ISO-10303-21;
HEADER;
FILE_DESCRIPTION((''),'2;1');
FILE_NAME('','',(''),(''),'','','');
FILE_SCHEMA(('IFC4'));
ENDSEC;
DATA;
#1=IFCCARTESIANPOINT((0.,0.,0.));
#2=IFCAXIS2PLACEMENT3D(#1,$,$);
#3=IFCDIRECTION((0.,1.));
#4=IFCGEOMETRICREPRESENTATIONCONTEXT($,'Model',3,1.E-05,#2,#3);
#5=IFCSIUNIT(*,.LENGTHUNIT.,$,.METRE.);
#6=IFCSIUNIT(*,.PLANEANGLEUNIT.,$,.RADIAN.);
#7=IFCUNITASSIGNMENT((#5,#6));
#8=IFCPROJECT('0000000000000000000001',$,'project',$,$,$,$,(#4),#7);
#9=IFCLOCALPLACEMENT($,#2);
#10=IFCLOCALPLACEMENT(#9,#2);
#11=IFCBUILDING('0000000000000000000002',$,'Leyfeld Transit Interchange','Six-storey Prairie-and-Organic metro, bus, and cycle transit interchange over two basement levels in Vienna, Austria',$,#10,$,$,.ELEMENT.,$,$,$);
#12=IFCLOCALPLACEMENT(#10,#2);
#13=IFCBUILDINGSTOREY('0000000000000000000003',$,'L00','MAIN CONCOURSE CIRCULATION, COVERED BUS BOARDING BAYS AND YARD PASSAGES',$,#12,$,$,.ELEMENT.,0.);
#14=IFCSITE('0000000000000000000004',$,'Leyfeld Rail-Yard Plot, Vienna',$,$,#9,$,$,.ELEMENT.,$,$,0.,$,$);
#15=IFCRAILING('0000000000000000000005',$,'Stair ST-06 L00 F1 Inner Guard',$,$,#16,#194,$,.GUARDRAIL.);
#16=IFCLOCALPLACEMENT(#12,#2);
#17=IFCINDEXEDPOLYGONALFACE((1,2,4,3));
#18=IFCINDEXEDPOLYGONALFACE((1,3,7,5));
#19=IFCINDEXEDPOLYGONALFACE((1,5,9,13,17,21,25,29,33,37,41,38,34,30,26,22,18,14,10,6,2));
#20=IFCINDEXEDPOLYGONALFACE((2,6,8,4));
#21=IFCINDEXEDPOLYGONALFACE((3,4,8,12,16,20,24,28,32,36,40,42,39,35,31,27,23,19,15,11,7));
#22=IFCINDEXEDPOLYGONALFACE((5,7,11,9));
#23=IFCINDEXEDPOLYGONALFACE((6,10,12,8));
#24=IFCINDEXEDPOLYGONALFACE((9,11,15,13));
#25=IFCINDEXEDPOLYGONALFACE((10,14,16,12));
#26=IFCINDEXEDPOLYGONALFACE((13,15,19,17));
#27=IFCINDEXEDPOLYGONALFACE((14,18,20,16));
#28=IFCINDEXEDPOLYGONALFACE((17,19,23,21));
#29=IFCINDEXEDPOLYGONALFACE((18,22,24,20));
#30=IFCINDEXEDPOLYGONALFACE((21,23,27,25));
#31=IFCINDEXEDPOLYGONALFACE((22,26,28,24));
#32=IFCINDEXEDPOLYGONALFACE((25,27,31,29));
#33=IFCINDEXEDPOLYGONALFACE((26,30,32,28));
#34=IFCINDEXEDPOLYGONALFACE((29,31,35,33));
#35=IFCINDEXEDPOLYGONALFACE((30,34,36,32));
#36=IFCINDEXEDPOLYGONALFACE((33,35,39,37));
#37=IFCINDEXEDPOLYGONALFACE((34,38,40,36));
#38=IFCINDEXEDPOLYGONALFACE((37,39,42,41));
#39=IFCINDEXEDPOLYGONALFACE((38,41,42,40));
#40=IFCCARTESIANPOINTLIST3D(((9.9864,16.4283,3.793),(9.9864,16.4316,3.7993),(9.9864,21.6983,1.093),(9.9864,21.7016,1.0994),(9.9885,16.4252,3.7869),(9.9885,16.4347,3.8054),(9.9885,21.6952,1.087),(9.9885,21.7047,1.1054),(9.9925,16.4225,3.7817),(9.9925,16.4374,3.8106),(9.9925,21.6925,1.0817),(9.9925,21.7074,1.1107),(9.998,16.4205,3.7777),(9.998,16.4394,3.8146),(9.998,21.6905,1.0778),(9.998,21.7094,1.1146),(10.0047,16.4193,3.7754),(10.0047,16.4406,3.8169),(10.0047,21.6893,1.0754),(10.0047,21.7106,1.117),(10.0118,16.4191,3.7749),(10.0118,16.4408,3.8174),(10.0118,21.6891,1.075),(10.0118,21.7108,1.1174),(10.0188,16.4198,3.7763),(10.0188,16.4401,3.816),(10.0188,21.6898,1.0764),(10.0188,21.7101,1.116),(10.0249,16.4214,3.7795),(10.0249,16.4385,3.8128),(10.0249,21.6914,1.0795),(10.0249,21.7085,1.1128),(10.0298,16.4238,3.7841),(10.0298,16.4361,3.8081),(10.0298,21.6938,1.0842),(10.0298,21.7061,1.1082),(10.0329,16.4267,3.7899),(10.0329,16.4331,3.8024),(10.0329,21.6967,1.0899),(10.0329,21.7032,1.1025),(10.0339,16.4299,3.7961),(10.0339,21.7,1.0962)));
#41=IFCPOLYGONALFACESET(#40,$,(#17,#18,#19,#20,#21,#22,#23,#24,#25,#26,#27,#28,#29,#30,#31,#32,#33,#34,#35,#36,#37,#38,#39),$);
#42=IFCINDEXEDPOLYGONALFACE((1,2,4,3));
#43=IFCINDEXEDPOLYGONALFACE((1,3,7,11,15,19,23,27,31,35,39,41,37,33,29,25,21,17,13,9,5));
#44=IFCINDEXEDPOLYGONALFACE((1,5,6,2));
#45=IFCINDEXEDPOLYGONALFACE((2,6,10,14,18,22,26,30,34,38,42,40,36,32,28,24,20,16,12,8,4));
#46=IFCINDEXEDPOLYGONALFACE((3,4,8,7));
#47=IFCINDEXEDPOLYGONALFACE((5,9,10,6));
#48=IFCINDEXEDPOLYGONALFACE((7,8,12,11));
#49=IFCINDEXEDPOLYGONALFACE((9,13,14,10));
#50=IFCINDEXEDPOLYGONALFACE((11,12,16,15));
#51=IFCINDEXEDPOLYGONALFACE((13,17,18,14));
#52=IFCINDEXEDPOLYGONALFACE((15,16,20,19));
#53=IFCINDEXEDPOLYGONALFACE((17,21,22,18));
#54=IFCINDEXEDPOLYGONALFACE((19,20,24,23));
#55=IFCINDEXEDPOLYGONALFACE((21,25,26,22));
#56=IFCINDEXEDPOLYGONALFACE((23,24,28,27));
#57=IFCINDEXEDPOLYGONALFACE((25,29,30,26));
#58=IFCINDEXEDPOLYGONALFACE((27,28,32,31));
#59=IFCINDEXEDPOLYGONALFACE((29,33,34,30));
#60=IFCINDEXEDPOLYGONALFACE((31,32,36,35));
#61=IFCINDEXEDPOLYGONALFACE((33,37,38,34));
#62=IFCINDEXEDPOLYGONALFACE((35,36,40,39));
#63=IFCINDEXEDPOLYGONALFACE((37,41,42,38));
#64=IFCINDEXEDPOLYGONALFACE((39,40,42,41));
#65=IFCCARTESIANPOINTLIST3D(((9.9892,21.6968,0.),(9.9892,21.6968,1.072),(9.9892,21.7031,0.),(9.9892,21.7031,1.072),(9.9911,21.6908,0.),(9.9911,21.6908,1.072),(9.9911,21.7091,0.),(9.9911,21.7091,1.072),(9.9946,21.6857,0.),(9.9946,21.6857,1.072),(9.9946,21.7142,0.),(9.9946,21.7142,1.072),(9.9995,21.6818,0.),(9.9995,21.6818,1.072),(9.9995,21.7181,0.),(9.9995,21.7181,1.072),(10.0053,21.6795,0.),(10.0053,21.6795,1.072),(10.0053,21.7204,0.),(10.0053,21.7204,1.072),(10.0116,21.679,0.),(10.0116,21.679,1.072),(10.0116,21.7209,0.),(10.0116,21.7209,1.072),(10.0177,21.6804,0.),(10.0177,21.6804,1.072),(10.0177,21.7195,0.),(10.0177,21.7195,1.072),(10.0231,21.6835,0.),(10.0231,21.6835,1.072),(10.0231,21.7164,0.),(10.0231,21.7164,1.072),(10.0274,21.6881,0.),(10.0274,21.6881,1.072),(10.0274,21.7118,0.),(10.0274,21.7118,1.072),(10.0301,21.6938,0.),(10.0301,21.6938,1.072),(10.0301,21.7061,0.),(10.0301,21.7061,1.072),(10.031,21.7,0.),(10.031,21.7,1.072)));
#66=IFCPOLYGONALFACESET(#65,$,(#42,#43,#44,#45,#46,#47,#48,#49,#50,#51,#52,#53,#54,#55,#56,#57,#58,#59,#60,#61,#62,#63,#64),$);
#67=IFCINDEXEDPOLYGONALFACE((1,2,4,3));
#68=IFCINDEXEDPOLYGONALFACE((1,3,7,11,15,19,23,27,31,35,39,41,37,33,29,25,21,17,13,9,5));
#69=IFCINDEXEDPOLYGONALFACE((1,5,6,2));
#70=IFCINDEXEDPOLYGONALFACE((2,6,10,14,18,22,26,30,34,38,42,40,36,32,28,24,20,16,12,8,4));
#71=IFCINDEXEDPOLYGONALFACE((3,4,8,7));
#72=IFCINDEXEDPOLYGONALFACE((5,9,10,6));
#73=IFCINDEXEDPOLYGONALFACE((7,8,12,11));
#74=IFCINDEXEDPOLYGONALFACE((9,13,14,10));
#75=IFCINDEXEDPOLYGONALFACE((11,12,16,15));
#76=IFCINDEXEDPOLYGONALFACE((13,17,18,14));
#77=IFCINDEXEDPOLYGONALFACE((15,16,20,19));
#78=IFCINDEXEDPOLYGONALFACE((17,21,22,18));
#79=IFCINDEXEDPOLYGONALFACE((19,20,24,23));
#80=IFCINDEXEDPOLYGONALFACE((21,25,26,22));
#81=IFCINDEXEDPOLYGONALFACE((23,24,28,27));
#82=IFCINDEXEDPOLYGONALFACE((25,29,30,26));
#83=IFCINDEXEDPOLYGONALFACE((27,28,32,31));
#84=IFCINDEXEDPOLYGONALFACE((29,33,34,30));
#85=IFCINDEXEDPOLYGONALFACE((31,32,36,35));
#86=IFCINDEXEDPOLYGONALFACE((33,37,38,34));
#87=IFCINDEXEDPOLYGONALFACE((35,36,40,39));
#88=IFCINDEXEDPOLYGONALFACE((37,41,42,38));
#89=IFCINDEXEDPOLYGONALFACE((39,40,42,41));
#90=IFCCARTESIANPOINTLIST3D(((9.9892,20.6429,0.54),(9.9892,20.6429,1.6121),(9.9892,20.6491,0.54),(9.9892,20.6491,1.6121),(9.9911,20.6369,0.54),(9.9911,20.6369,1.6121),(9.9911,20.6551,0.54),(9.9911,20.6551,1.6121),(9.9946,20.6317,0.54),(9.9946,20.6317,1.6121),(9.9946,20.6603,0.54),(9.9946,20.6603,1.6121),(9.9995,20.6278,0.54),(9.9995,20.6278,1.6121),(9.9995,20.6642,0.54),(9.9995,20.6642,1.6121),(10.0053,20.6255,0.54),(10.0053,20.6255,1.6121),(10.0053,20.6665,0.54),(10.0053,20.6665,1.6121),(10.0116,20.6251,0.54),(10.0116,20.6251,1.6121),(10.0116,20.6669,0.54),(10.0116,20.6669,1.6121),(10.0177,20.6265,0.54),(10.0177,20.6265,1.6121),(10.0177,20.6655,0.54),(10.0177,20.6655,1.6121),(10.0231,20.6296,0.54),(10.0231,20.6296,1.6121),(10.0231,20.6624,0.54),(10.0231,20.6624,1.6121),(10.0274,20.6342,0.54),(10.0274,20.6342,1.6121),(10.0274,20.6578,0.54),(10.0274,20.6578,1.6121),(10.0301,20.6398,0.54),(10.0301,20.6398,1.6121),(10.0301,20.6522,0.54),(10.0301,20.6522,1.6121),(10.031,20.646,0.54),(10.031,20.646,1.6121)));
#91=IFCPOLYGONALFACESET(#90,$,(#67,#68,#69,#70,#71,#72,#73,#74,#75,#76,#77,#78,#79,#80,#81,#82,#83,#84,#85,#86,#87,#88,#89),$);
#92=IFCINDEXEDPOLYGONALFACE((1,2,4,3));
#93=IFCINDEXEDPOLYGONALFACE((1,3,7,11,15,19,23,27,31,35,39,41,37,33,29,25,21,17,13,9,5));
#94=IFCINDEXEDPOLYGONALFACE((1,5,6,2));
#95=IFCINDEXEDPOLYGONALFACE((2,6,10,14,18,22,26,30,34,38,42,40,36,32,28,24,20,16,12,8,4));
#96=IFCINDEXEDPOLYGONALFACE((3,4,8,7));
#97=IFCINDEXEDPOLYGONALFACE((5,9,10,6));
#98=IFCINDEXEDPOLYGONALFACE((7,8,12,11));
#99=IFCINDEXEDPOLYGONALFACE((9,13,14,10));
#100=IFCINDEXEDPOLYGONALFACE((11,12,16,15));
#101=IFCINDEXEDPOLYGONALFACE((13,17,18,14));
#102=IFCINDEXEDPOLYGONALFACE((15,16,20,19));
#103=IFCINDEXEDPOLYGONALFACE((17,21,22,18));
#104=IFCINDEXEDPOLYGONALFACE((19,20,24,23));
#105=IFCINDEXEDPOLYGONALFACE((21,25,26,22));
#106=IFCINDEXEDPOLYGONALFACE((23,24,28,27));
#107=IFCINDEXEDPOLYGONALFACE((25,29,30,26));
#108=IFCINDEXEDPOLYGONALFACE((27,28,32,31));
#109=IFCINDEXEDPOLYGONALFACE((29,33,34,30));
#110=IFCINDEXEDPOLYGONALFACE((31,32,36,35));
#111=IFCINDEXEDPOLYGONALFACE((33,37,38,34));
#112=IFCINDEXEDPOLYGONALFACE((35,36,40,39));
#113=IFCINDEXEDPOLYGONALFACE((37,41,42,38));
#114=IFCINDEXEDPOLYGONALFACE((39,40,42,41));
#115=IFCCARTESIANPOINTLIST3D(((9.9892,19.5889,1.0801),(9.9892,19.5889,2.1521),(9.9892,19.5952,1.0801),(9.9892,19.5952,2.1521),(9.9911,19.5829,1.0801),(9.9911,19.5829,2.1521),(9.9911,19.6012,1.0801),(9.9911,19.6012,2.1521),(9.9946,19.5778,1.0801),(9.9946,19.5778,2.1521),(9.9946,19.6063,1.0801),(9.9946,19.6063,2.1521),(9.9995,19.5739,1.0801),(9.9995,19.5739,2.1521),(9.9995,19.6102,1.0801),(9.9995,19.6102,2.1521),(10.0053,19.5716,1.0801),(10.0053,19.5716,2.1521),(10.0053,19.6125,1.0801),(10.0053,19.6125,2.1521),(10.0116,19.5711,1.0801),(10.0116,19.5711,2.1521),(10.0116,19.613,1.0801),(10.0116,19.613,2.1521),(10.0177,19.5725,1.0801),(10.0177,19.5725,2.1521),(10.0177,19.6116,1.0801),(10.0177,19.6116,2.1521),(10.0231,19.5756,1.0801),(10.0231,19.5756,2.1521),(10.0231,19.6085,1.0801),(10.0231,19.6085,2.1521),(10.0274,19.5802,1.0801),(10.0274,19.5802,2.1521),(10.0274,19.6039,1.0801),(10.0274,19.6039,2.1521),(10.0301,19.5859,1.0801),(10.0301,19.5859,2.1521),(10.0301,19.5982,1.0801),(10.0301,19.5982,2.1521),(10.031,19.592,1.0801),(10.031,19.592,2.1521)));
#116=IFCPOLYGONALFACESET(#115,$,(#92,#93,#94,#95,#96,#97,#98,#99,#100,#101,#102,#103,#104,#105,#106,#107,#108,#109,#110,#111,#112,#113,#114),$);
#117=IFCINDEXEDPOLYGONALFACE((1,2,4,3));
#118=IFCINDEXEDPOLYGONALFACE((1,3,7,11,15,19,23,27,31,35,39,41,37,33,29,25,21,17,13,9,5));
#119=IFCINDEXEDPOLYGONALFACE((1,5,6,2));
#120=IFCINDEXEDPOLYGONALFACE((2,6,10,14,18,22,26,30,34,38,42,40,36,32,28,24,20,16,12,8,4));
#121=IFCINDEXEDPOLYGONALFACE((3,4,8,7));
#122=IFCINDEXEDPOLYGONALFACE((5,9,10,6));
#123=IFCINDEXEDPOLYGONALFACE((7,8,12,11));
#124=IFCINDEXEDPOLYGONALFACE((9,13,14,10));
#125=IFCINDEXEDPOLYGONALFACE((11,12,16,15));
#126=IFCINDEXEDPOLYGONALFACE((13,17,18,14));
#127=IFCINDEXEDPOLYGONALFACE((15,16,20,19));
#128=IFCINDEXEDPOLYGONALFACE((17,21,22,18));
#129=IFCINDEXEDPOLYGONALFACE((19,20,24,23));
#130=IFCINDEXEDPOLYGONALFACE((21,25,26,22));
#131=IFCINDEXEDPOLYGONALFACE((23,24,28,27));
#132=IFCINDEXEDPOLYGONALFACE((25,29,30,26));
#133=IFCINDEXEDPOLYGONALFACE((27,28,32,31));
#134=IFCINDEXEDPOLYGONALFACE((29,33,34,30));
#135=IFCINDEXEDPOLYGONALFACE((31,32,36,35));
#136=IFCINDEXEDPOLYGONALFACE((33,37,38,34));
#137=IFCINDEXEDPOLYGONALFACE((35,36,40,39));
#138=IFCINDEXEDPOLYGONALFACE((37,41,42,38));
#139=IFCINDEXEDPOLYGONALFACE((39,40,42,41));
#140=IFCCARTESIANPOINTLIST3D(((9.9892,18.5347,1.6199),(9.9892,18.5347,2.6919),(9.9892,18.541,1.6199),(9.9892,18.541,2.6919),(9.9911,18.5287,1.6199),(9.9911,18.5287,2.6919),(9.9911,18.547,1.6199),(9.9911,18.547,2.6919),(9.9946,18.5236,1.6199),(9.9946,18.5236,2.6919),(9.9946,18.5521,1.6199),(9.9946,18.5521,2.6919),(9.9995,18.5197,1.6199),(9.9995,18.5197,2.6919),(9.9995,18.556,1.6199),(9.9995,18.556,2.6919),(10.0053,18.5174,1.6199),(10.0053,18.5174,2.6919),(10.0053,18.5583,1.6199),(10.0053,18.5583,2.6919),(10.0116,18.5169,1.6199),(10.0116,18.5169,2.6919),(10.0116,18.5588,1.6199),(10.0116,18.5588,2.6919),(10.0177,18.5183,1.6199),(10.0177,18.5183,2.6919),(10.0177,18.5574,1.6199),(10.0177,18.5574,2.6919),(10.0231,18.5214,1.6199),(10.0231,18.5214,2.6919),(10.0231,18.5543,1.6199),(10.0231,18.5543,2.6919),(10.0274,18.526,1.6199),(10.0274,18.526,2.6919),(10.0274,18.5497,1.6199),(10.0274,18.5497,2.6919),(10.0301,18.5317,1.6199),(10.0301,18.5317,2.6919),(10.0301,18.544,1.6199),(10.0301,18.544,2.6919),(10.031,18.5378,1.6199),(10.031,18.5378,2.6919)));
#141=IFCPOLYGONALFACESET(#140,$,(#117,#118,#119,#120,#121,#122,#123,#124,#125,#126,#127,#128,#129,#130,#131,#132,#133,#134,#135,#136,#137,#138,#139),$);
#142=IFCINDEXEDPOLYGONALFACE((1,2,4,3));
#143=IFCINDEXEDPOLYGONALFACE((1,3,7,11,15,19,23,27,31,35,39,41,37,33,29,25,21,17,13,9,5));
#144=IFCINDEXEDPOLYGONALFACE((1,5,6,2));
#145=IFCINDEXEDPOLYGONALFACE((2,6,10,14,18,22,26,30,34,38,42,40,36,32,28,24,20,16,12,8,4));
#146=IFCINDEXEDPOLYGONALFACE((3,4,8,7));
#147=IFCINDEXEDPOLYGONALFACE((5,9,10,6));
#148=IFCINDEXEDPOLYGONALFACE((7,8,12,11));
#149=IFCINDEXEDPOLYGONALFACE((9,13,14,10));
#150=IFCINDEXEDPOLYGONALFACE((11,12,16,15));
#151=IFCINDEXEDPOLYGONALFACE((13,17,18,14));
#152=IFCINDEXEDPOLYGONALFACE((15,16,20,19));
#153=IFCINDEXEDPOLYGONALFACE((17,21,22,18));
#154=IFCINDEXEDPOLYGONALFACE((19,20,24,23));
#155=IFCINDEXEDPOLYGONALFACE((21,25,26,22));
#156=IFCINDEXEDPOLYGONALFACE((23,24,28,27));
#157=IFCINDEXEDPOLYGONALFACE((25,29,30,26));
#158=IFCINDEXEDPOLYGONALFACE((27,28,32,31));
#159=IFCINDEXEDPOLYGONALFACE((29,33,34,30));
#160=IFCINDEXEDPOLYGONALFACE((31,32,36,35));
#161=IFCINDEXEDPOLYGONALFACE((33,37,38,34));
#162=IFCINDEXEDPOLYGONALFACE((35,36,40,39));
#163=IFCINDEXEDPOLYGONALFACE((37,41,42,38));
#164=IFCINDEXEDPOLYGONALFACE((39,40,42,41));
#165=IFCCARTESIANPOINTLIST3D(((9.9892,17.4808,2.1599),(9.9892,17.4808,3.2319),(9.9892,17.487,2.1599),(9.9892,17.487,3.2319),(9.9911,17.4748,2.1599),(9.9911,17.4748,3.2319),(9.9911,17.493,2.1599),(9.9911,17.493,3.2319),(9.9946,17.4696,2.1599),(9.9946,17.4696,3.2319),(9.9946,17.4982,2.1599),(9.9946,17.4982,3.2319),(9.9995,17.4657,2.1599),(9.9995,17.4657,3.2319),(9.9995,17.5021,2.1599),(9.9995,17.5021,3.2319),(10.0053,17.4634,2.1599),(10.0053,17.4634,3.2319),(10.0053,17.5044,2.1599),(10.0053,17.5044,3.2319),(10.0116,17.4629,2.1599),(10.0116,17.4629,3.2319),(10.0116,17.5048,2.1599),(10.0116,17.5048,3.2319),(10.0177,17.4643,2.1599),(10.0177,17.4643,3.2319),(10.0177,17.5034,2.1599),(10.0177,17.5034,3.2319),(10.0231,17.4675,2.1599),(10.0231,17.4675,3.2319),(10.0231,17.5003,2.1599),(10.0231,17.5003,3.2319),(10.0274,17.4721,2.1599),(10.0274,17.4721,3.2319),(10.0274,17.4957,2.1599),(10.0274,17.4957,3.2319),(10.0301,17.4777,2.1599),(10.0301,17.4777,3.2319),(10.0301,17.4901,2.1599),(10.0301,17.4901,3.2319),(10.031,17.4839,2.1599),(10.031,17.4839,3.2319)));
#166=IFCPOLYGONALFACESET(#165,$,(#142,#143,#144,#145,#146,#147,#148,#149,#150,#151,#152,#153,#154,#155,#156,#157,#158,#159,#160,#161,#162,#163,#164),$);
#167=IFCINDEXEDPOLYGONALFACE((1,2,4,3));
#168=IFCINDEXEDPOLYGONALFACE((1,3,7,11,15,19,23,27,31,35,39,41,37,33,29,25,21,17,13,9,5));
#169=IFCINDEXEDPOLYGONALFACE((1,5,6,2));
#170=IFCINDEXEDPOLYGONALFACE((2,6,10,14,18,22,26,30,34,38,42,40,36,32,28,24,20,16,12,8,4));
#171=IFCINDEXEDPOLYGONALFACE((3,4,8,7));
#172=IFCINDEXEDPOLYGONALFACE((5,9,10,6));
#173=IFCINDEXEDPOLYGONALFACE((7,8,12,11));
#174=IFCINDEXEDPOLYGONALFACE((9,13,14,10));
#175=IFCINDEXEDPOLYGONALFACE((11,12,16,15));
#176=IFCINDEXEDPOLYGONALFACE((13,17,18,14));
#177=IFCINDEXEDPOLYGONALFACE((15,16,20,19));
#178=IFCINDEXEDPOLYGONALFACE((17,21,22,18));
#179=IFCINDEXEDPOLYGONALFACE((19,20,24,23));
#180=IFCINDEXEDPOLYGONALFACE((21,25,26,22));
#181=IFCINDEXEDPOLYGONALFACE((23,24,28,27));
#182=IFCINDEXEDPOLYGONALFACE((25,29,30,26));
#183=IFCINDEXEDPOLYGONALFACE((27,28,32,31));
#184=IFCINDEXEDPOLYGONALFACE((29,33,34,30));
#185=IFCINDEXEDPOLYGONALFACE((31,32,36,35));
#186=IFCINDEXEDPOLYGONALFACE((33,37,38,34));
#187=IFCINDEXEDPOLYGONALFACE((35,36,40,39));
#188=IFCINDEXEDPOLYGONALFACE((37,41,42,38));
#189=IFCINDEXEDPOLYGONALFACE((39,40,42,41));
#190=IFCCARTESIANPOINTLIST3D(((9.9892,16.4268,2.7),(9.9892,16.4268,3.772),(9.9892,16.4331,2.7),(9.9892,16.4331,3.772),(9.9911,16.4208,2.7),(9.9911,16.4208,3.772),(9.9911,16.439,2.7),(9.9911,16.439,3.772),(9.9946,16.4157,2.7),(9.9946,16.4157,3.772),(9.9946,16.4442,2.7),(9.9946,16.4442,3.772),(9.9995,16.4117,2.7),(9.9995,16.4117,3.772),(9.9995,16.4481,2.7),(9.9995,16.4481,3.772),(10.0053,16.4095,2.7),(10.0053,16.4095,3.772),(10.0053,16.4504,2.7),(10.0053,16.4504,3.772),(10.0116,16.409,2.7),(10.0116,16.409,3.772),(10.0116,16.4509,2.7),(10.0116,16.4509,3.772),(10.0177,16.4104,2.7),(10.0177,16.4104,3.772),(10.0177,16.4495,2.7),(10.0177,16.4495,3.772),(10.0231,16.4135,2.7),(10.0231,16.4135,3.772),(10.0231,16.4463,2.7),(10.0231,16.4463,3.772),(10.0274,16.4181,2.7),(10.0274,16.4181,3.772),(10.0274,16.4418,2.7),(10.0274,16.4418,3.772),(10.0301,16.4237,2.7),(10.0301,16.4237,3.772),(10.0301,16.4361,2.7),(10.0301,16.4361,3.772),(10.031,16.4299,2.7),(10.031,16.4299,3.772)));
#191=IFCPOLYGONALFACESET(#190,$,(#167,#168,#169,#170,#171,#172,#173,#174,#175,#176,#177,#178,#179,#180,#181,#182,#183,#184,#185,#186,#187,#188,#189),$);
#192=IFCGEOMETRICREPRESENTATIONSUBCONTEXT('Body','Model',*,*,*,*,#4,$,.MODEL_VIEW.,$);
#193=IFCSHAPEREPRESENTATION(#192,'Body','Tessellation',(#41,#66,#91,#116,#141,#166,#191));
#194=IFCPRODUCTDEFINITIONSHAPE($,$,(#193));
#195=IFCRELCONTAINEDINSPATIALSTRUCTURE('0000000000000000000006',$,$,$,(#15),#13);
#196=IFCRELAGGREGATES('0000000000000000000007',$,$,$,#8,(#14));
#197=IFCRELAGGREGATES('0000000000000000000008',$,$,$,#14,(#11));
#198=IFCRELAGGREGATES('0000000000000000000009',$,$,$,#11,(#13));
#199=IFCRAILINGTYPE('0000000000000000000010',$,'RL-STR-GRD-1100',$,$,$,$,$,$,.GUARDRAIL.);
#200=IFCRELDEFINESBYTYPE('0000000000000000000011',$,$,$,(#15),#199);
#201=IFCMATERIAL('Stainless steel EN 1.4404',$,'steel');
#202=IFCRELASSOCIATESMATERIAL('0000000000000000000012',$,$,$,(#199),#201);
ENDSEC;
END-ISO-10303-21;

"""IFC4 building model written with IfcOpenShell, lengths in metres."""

from ifc_helpers import new_model, si_unit, direction, frame, origin, origin_2d, place, context, subcontext, project, spatial, circle, extrude, material, type_object, element, save


model = new_model("IFC4")

# Units and contexts
model_context = context("Model", 3, precision=1e-05, world=origin(), true_north=direction((0.0, 1.0)))
body_context = subcontext(model_context, "Body", "Model", "MODEL_VIEW")
ifc_project = project(units=[si_unit("LENGTHUNIT", "METRE"), si_unit("PLANEANGLEUNIT", "RADIAN")], contexts=[model_context])

# Site, building, storey
site_placement = place(None, origin())
site = spatial("IfcSite", under=ifc_project, at=site_placement, Name="Leyfeld Rail-Yard Plot, Vienna", CompositionType="ELEMENT", RefElevation=0.0)
building_placement = place(site_placement, origin())
building = spatial("IfcBuilding", under=site, at=building_placement, Name="Leyfeld Transit Interchange", Description="Six-storey Prairie-and-Organic metro, bus, and cycle transit interchange over two basement levels in Vienna, Austria", CompositionType="ELEMENT")
storey_placement = place(building_placement, origin())
storey = spatial("IfcBuildingStorey", under=building, at=storey_placement, Name="L00", Description="MAIN CONCOURSE CIRCULATION, COVERED BUS BOARDING BAYS AND YARD PASSAGES", CompositionType="ELEMENT", Elevation=0.0)

# Railing
ifc_material_1 = material(Name="Stainless steel EN 1.4404", Category="steel")
railing_type_1 = type_object("IfcRailingType", Name="RL-STR-GRD-1100", PredefinedType="GUARDRAIL", material=ifc_material_1)
for number, where, name in (
    (1, (10.01, 21.7, 0.0), "Stair ST-06 L00 F1 Inner Guard"),
):
    element("IfcRailing", number, at=place(storey_placement, frame(where)), inside=storey, type_object=railing_type_1, Name=name, PredefinedType="GUARDRAIL", context=body_context, shape_type="SweptSolid", body=[
        extrude(circle(Radius=0.0239, at=origin_2d()), frame((0.0, 0.0, 1.0962), z_axis=(0.0, -0.889997, 0.455966), x_axis=(1.0, 0.0, 0.0)), (0.0, 0.0, 1.0), 5.9214),
        extrude(circle(Radius=0.021, at=origin_2d()), origin(), (0.0, 0.0, 1.0), 1.072),
        extrude(circle(Radius=0.021, at=origin_2d()), frame((0.0, -1.054, 0.54)), (0.0, 0.0, 1.0), 1.072),
        extrude(circle(Radius=0.021, at=origin_2d()), frame((0.0, -2.1079, 1.0801)), (0.0, 0.0, 1.0), 1.072),
        extrude(circle(Radius=0.021, at=origin_2d()), frame((0.0, -3.1621, 1.6199)), (0.0, 0.0, 1.0), 1.072),
        extrude(circle(Radius=0.021, at=origin_2d()), frame((0.0, -4.2161, 2.1599)), (0.0, 0.0, 1.0), 1.072),
        extrude(circle(Radius=0.021, at=origin_2d()), frame((0.0, -5.27, 2.7)), (0.0, 0.0, 1.0), 1.072),
    ])

save(model, "model.ifc")
